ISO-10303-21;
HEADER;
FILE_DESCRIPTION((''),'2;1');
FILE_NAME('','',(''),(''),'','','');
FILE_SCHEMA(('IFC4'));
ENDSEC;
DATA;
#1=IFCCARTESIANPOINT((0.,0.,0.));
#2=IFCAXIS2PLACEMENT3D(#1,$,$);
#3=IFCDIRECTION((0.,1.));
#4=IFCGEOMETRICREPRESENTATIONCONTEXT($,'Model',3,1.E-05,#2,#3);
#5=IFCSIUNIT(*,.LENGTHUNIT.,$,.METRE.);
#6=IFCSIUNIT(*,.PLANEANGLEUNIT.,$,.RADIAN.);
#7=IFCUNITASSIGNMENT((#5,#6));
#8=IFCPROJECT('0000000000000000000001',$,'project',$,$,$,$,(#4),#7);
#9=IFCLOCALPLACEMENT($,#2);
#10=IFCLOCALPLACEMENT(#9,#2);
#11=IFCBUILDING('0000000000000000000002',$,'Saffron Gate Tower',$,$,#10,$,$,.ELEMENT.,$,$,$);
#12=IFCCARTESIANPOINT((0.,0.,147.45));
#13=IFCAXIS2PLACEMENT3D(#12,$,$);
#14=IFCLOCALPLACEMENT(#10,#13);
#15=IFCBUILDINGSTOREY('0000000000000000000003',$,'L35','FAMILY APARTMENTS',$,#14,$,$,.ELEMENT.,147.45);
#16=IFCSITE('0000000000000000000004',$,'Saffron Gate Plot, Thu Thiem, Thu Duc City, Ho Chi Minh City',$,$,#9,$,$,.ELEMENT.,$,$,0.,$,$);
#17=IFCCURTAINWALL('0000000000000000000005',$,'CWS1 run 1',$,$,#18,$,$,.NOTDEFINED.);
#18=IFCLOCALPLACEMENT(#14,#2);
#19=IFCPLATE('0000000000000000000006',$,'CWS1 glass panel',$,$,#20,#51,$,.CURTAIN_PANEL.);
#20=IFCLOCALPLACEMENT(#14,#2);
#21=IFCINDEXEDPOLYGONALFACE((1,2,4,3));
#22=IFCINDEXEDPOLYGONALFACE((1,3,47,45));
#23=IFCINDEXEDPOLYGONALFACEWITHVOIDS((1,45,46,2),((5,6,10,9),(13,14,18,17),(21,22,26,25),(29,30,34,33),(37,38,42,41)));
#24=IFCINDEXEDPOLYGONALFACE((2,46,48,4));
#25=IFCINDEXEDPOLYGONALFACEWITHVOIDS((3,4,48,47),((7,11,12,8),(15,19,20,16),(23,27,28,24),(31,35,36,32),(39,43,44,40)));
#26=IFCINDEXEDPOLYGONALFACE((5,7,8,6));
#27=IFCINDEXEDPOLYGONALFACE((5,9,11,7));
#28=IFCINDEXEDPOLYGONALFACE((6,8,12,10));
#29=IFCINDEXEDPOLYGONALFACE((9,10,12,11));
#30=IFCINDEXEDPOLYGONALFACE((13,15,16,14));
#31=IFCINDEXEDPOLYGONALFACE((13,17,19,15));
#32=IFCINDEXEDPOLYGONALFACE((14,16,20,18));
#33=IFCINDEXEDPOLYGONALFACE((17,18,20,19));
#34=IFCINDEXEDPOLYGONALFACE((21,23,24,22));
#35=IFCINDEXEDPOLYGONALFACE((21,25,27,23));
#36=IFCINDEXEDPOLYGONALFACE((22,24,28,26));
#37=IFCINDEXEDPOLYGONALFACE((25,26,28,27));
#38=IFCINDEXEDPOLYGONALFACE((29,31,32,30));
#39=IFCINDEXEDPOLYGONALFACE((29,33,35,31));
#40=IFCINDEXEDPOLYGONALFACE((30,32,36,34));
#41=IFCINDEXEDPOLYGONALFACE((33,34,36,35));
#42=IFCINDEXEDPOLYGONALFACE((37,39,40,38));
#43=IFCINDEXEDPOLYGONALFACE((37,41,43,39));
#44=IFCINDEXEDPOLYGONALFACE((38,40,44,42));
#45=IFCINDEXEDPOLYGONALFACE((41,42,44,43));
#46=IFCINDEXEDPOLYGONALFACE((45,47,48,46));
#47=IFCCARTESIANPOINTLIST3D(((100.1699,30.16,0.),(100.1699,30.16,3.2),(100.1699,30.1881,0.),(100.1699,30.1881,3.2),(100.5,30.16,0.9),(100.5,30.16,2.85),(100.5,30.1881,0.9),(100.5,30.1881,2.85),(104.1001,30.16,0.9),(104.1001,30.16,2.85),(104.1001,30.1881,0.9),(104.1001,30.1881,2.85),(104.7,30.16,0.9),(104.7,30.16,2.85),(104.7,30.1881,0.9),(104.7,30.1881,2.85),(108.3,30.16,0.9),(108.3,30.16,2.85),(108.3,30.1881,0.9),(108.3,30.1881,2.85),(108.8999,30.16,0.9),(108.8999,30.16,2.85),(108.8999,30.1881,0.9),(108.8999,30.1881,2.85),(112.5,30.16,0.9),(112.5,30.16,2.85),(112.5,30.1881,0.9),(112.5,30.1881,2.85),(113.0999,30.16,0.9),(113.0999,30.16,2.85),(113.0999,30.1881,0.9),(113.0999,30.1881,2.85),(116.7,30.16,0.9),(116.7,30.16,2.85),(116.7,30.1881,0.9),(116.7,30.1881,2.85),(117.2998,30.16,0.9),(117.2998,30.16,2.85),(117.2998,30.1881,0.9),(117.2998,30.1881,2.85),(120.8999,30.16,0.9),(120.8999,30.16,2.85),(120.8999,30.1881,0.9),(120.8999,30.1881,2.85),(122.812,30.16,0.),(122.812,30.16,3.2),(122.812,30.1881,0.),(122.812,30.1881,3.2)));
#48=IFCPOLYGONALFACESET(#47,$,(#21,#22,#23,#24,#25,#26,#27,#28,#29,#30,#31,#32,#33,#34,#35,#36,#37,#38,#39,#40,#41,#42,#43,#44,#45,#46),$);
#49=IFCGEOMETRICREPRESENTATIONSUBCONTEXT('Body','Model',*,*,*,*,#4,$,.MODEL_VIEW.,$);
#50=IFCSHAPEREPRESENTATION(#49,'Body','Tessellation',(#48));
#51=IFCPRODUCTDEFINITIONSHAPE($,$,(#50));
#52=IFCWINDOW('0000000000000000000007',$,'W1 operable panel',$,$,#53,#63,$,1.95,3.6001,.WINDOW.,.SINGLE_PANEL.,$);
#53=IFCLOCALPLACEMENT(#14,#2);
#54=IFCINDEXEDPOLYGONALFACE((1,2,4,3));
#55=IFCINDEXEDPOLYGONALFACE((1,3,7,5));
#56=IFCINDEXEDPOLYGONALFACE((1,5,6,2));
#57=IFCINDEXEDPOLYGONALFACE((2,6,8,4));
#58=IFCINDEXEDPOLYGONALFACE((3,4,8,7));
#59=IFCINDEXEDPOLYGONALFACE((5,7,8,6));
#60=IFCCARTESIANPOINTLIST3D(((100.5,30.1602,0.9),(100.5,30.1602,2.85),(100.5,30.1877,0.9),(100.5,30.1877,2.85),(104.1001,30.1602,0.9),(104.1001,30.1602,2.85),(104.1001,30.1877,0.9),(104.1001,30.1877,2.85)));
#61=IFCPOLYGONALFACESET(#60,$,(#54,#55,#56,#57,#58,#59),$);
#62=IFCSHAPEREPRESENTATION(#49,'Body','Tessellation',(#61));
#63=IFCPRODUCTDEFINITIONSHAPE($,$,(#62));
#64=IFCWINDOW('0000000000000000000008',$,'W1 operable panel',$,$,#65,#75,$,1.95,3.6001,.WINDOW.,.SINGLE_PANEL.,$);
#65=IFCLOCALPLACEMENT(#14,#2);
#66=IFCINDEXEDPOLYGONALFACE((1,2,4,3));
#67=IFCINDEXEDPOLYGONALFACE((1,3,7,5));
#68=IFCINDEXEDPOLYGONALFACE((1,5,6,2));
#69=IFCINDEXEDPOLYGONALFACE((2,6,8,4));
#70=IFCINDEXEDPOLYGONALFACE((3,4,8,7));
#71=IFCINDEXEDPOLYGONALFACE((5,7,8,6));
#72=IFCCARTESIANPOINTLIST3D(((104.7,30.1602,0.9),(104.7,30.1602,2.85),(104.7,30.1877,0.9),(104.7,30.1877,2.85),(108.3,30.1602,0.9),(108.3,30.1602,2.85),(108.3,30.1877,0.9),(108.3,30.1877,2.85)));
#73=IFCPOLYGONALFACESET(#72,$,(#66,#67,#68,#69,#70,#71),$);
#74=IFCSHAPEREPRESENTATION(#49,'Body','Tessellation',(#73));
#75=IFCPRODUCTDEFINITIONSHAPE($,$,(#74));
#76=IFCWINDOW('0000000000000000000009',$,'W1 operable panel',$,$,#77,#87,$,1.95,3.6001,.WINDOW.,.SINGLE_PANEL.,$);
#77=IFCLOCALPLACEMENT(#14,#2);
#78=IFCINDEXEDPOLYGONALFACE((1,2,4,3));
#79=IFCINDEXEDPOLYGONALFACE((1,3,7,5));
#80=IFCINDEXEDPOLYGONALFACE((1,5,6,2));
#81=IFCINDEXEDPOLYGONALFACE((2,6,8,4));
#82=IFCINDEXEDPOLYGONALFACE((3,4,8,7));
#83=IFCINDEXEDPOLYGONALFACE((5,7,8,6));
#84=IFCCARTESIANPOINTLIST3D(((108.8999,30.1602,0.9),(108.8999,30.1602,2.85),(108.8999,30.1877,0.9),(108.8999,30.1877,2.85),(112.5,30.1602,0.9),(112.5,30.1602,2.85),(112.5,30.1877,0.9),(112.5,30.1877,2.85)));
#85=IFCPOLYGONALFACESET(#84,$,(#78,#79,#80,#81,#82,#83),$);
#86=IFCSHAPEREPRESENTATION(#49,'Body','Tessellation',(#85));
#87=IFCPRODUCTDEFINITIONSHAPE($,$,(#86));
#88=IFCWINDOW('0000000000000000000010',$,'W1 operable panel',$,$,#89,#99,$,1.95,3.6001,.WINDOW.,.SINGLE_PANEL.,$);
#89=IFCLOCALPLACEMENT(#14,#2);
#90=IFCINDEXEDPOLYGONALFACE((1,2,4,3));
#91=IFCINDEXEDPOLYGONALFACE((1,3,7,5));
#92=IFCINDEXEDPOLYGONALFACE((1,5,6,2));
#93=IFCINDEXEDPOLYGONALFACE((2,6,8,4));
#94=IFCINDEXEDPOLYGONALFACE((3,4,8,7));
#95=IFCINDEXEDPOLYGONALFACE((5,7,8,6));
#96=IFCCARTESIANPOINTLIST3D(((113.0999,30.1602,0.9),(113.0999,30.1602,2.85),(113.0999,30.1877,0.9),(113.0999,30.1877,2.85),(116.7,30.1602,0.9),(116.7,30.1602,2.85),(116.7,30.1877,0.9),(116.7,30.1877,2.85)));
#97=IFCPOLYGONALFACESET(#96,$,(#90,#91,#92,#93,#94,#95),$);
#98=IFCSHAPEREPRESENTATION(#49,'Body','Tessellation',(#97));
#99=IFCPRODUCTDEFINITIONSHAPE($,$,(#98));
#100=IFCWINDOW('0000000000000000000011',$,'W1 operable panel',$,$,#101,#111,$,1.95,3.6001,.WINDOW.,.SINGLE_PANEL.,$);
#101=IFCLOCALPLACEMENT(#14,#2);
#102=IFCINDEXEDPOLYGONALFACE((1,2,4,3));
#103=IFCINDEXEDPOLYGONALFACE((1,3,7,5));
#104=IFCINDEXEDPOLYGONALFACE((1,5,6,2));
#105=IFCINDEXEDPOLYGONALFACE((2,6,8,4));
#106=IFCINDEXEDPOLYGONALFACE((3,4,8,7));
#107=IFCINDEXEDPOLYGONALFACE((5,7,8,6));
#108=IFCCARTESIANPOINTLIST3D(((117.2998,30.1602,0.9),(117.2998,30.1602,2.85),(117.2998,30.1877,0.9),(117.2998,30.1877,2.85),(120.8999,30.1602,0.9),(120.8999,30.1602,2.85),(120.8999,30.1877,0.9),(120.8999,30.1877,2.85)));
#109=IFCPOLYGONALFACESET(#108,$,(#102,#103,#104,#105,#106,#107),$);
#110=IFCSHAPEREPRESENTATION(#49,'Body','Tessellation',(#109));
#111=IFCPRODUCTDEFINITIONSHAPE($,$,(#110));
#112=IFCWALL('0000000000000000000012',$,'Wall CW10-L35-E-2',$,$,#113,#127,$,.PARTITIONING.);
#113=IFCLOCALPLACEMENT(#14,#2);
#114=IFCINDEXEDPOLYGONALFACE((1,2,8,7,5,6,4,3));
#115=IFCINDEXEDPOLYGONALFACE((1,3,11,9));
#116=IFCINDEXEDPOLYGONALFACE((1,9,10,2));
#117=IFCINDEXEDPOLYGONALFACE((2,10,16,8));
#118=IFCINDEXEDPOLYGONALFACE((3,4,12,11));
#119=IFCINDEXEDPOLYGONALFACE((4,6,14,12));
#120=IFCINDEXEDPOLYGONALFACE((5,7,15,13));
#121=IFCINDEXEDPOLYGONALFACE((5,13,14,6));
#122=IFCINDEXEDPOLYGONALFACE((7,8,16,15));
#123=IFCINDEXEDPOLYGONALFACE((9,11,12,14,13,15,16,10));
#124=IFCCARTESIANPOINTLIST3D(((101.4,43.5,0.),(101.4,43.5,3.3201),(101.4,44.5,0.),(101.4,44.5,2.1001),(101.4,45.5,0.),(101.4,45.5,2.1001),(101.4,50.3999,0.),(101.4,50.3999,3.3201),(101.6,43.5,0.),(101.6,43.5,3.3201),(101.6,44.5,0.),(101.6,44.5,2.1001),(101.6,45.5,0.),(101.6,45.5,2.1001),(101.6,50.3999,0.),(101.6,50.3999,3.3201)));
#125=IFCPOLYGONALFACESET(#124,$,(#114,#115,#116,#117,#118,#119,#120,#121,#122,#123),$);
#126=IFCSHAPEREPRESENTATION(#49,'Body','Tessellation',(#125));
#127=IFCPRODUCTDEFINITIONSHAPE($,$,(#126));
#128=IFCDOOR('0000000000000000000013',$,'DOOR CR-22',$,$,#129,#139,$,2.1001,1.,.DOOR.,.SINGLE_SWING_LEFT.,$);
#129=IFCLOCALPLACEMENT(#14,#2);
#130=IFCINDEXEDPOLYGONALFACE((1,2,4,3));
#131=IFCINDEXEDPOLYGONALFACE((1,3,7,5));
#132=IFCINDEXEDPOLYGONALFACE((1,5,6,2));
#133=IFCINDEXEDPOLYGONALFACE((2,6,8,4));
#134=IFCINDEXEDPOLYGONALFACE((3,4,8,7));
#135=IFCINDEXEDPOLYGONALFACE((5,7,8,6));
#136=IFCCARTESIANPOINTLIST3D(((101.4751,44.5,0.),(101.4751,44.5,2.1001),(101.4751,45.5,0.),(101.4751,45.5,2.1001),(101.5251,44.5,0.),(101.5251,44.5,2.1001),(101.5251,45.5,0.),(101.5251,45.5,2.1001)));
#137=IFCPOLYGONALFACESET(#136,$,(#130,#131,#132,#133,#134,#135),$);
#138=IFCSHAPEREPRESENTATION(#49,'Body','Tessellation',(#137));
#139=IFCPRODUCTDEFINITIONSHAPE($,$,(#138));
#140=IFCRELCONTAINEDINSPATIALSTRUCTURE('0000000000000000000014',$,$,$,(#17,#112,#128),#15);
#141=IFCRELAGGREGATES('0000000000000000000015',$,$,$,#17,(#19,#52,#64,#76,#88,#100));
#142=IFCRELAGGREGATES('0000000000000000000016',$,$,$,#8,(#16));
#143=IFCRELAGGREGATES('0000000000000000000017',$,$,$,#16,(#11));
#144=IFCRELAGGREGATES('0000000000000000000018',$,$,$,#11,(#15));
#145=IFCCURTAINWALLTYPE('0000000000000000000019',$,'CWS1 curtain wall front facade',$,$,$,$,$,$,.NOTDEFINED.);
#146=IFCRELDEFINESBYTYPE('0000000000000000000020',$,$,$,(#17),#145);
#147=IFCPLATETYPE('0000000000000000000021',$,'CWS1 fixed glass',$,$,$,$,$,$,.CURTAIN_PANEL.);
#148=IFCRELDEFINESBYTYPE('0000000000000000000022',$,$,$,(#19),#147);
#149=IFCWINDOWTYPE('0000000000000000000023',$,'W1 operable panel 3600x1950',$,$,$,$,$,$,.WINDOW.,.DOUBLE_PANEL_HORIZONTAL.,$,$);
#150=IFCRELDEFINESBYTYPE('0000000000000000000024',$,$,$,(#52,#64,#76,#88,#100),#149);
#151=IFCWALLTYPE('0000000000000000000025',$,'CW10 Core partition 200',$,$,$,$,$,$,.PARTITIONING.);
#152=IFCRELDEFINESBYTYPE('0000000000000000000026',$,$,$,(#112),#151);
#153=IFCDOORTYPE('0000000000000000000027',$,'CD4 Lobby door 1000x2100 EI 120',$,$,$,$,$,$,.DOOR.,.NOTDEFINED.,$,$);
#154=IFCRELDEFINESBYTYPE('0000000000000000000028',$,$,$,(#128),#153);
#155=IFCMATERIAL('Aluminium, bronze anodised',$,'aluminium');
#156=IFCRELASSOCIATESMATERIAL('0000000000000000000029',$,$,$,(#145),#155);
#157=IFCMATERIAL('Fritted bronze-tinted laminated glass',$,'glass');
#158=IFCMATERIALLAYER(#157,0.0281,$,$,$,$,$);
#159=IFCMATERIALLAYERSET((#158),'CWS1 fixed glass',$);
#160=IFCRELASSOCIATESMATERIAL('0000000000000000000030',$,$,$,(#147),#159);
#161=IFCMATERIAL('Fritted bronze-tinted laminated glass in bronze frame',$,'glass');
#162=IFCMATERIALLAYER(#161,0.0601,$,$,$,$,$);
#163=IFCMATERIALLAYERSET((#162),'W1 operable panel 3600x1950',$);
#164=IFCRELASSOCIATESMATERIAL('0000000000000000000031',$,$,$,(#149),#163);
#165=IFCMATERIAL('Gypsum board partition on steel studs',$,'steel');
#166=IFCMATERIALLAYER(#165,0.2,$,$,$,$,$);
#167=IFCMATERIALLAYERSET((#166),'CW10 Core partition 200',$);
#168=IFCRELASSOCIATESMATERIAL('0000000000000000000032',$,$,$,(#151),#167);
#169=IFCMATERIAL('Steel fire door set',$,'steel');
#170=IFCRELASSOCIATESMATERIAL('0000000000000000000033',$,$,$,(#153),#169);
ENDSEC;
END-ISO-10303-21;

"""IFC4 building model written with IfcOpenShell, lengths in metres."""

from ifc_helpers import new_model, si_unit, direction, frame, frame_2d, origin, place, context, subcontext, project, spatial, rectangle, extrude, material, layer, layer_set, type_object, element, fill, aggregate, save


model = new_model("IFC4")

# Units and contexts
model_context = context("Model", 3, precision=1e-05, world=origin(), true_north=direction((0.0, 1.0)))
body_context = subcontext(model_context, "Body", "Model", "MODEL_VIEW")
ifc_project = project(units=[si_unit("LENGTHUNIT", "METRE"), si_unit("PLANEANGLEUNIT", "RADIAN")], contexts=[model_context])

# Site, building, storey
site_placement = place(None, origin())
site = spatial("IfcSite", under=ifc_project, at=site_placement, Name="Saffron Gate Plot, Thu Thiem, Thu Duc City, Ho Chi Minh City", CompositionType="ELEMENT", RefElevation=0.0)
building_placement = place(site_placement, origin())
building = spatial("IfcBuilding", under=site, at=building_placement, Name="Saffron Gate Tower", CompositionType="ELEMENT")
storey_placement = place(building_placement, frame((0.0, 0.0, 147.45)))
storey = spatial("IfcBuildingStorey", under=building, at=storey_placement, Name="L35", Description="FAMILY APARTMENTS", CompositionType="ELEMENT", Elevation=147.45)

# Curtain wall, plate, openings, windows
ifc_material_1 = material(Name="Aluminium, bronze anodised", Category="aluminium")
curtain_wall_type = type_object("IfcCurtainWallType", Name="CWS1 curtain wall front facade", PredefinedType="NOTDEFINED", material=ifc_material_1)
curtain_wall_placement = place(storey_placement, origin())
curtain_wall = element("IfcCurtainWall", 1, at=curtain_wall_placement, inside=storey, type_object=curtain_wall_type, Name="CWS1 run 1", PredefinedType="NOTDEFINED")
ifc_material_2 = material(Name="Fritted bronze-tinted laminated glass", Category="glass")
ifc_layer_1 = layer(ifc_material_2, 0.0281)
ifc_layer_set_1 = layer_set([ifc_layer_1], Name="CWS1 fixed glass")
plate_type = type_object("IfcPlateType", Name="CWS1 fixed glass", PredefinedType="CURTAIN_PANEL", material=ifc_layer_set_1)
plate_placement = place(storey_placement, frame((100.1699, 30.1741, 0.0), z_axis=(0.0, 0.0, 1.0), x_axis=(1.0, 0.0, 0.0)))
plate = element("IfcPlate", 2, at=plate_placement, type_object=plate_type, Name="CWS1 glass panel", PredefinedType="CURTAIN_PANEL", context=body_context, shape_type="SweptSolid", body=[
    extrude(rectangle(XDim=22.6421, YDim=0.0281, at=frame_2d((11.321, 0.0))), origin(), (0.0, 0.0, 1.0), 3.2),
])
opening_1_placement = place(plate_placement, frame((0.3301, 0.0, 0.8999)))
opening_1 = element("IfcOpeningElement", 3, at=opening_1_placement, cuts=plate, PredefinedType="OPENING", context=body_context, shape_type="SweptSolid", body=[
    extrude(rectangle(XDim=3.6001, YDim=1.95, at=frame_2d((1.8, 0.9751))), frame((0.0, 0.0239, 0.0), z_axis=(0.0, -1.0, 0.0), x_axis=(1.0, 0.0, 0.0)), (0.0, 0.0, 1.0), 0.0481),
])
opening_2_placement = place(plate_placement, frame((4.53, 0.0, 0.8999)))
opening_2 = element("IfcOpeningElement", 4, at=opening_2_placement, cuts=plate, PredefinedType="OPENING", context=body_context, shape_type="SweptSolid", body=[
    extrude(rectangle(XDim=3.6001, YDim=1.95, at=frame_2d((1.8, 0.9751))), frame((0.0, 0.0239, 0.0), z_axis=(0.0, -1.0, 0.0), x_axis=(1.0, 0.0, 0.0)), (0.0, 0.0, 1.0), 0.0481),
])
opening_3_placement = place(plate_placement, frame((8.73, 0.0, 0.8999)))
opening_3 = element("IfcOpeningElement", 5, at=opening_3_placement, cuts=plate, PredefinedType="OPENING", context=body_context, shape_type="SweptSolid", body=[
    extrude(rectangle(XDim=3.6001, YDim=1.95, at=frame_2d((1.8, 0.9751))), frame((0.0, 0.0239, 0.0), z_axis=(0.0, -1.0, 0.0), x_axis=(1.0, 0.0, 0.0)), (0.0, 0.0, 1.0), 0.0481),
])
opening_4_placement = place(plate_placement, frame((12.9299, 0.0, 0.8999)))
opening_4 = element("IfcOpeningElement", 6, at=opening_4_placement, cuts=plate, PredefinedType="OPENING", context=body_context, shape_type="SweptSolid", body=[
    extrude(rectangle(XDim=3.6001, YDim=1.95, at=frame_2d((1.8, 0.9751))), frame((0.0, 0.0239, 0.0), z_axis=(0.0, -1.0, 0.0), x_axis=(1.0, 0.0, 0.0)), (0.0, 0.0, 1.0), 0.0481),
])
opening_5_placement = place(plate_placement, frame((17.1299, 0.0, 0.8999)))
opening_5 = element("IfcOpeningElement", 7, at=opening_5_placement, cuts=plate, PredefinedType="OPENING", context=body_context, shape_type="SweptSolid", body=[
    extrude(rectangle(XDim=3.6001, YDim=1.95, at=frame_2d((1.8, 0.9751))), frame((0.0, 0.0239, 0.0), z_axis=(0.0, -1.0, 0.0), x_axis=(1.0, 0.0, 0.0)), (0.0, 0.0, 1.0), 0.0481),
])
ifc_material_3 = material(Name="Fritted bronze-tinted laminated glass in bronze frame", Category="glass")
ifc_layer_2 = layer(ifc_material_3, 0.0601)
ifc_layer_set_2 = layer_set([ifc_layer_2], Name="W1 operable panel 3600x1950")
window_type = type_object("IfcWindowType", Name="W1 operable panel 3600x1950", PartitioningType="DOUBLE_PANEL_HORIZONTAL", PredefinedType="WINDOW", material=ifc_layer_set_2)
window_1_placement = place(opening_1_placement, origin())
window_1 = element("IfcWindow", 8, at=window_1_placement, type_object=window_type, Name="W1 operable panel", OverallHeight=1.95, OverallWidth=3.6001, PartitioningType="SINGLE_PANEL", PredefinedType="WINDOW", context=body_context, shape_type="SweptSolid", body=[
    extrude(rectangle(XDim=3.6001, YDim=1.95, at=frame_2d((1.8, 0.9751))), frame((0.0, 0.0137, 0.0), z_axis=(0.0, -1.0, 0.0), x_axis=(1.0, 0.0, 0.0)), (0.0, 0.0, 1.0), 0.0276),
])
fill(opening_1, window_1)
window_2_placement = place(opening_2_placement, origin())
window_2 = element("IfcWindow", 9, at=window_2_placement, type_object=window_type, Name="W1 operable panel", OverallHeight=1.95, OverallWidth=3.6001, PartitioningType="SINGLE_PANEL", PredefinedType="WINDOW", context=body_context, shape_type="SweptSolid", body=[
    extrude(rectangle(XDim=3.6001, YDim=1.95, at=frame_2d((1.8, 0.9751))), frame((0.0, 0.0137, 0.0), z_axis=(0.0, -1.0, 0.0), x_axis=(1.0, 0.0, 0.0)), (0.0, 0.0, 1.0), 0.0276),
])
fill(opening_2, window_2)
window_3_placement = place(opening_3_placement, origin())
window_3 = element("IfcWindow", 10, at=window_3_placement, type_object=window_type, Name="W1 operable panel", OverallHeight=1.95, OverallWidth=3.6001, PartitioningType="SINGLE_PANEL", PredefinedType="WINDOW", context=body_context, shape_type="SweptSolid", body=[
    extrude(rectangle(XDim=3.6001, YDim=1.95, at=frame_2d((1.8, 0.9751))), frame((0.0, 0.0137, 0.0), z_axis=(0.0, -1.0, 0.0), x_axis=(1.0, 0.0, 0.0)), (0.0, 0.0, 1.0), 0.0276),
])
fill(opening_3, window_3)
window_4_placement = place(opening_4_placement, origin())
window_4 = element("IfcWindow", 11, at=window_4_placement, type_object=window_type, Name="W1 operable panel", OverallHeight=1.95, OverallWidth=3.6001, PartitioningType="SINGLE_PANEL", PredefinedType="WINDOW", context=body_context, shape_type="SweptSolid", body=[
    extrude(rectangle(XDim=3.6001, YDim=1.95, at=frame_2d((1.8, 0.9751))), frame((0.0, 0.0137, 0.0), z_axis=(0.0, -1.0, 0.0), x_axis=(1.0, 0.0, 0.0)), (0.0, 0.0, 1.0), 0.0276),
])
fill(opening_4, window_4)
window_5_placement = place(opening_5_placement, origin())
window_5 = element("IfcWindow", 12, at=window_5_placement, type_object=window_type, Name="W1 operable panel", OverallHeight=1.95, OverallWidth=3.6001, PartitioningType="SINGLE_PANEL", PredefinedType="WINDOW", context=body_context, shape_type="SweptSolid", body=[
    extrude(rectangle(XDim=3.6001, YDim=1.95, at=frame_2d((1.8, 0.9751))), frame((0.0, 0.0137, 0.0), z_axis=(0.0, -1.0, 0.0), x_axis=(1.0, 0.0, 0.0)), (0.0, 0.0, 1.0), 0.0276),
])
fill(opening_5, window_5)
aggregate(curtain_wall, [plate, window_1, window_2, window_3, window_4, window_5])

# Wall, opening, door
ifc_material_4 = material(Name="Gypsum board partition on steel studs", Category="steel")
ifc_layer_3 = layer(ifc_material_4, 0.2)
ifc_layer_set_3 = layer_set([ifc_layer_3], Name="CW10 Core partition 200")
wall_type_1 = type_object("IfcWallType", Name="CW10 Core partition 200", PredefinedType="PARTITIONING", material=ifc_layer_set_3)
wall_1_placement = place(storey_placement, frame((101.5, 43.5, 0.0), z_axis=(0.0, 0.0, 1.0), x_axis=(0.0, 1.0, 0.0)))
wall_1 = element("IfcWall", 13, at=wall_1_placement, inside=storey, type_object=wall_type_1, Name="Wall CW10-L35-E-2", PredefinedType="PARTITIONING", context=body_context, shape_type="SweptSolid", body=[
    extrude(rectangle(XDim=6.8999, YDim=0.2, at=frame_2d((3.45, 0.0))), origin(), (0.0, 0.0, 1.0), 3.3201),
])
opening_6_placement = place(wall_1_placement, frame((1.0, 0.0, 0.0)))
opening_6 = element("IfcOpeningElement", 14, at=opening_6_placement, cuts=wall_1, PredefinedType="OPENING", context=body_context, shape_type="SweptSolid", body=[
    extrude(rectangle(XDim=1.0, YDim=2.1001, at=frame_2d((0.5, 1.05))), frame((0.0, 0.1099, 0.0), z_axis=(0.0, -1.0, 0.0), x_axis=(1.0, 0.0, 0.0)), (0.0, 0.0, 1.0), 0.22),
])
ifc_material_5 = material(Name="Steel fire door set", Category="steel")
door_type_1 = type_object("IfcDoorType", Name="CD4 Lobby door 1000x2100 EI 120", OperationType="NOTDEFINED", PredefinedType="DOOR", material=ifc_material_5)
door_1_placement = place(opening_6_placement, origin())
door_1 = element("IfcDoor", 15, at=door_1_placement, inside=storey, type_object=door_type_1, Name="DOOR CR-22", OperationType="SINGLE_SWING_LEFT", OverallHeight=2.1001, OverallWidth=1.0, PredefinedType="DOOR", context=body_context, shape_type="SweptSolid", body=[
    extrude(rectangle(XDim=1.0, YDim=2.1001, at=frame_2d((0.5, 1.05))), frame((0.0, 0.0249, 0.0), z_axis=(0.0, -1.0, 0.0), x_axis=(1.0, 0.0, 0.0)), (0.0, 0.0, 1.0), 0.05),
])
fill(opening_6, door_1)

save(model, "model.ifc")
